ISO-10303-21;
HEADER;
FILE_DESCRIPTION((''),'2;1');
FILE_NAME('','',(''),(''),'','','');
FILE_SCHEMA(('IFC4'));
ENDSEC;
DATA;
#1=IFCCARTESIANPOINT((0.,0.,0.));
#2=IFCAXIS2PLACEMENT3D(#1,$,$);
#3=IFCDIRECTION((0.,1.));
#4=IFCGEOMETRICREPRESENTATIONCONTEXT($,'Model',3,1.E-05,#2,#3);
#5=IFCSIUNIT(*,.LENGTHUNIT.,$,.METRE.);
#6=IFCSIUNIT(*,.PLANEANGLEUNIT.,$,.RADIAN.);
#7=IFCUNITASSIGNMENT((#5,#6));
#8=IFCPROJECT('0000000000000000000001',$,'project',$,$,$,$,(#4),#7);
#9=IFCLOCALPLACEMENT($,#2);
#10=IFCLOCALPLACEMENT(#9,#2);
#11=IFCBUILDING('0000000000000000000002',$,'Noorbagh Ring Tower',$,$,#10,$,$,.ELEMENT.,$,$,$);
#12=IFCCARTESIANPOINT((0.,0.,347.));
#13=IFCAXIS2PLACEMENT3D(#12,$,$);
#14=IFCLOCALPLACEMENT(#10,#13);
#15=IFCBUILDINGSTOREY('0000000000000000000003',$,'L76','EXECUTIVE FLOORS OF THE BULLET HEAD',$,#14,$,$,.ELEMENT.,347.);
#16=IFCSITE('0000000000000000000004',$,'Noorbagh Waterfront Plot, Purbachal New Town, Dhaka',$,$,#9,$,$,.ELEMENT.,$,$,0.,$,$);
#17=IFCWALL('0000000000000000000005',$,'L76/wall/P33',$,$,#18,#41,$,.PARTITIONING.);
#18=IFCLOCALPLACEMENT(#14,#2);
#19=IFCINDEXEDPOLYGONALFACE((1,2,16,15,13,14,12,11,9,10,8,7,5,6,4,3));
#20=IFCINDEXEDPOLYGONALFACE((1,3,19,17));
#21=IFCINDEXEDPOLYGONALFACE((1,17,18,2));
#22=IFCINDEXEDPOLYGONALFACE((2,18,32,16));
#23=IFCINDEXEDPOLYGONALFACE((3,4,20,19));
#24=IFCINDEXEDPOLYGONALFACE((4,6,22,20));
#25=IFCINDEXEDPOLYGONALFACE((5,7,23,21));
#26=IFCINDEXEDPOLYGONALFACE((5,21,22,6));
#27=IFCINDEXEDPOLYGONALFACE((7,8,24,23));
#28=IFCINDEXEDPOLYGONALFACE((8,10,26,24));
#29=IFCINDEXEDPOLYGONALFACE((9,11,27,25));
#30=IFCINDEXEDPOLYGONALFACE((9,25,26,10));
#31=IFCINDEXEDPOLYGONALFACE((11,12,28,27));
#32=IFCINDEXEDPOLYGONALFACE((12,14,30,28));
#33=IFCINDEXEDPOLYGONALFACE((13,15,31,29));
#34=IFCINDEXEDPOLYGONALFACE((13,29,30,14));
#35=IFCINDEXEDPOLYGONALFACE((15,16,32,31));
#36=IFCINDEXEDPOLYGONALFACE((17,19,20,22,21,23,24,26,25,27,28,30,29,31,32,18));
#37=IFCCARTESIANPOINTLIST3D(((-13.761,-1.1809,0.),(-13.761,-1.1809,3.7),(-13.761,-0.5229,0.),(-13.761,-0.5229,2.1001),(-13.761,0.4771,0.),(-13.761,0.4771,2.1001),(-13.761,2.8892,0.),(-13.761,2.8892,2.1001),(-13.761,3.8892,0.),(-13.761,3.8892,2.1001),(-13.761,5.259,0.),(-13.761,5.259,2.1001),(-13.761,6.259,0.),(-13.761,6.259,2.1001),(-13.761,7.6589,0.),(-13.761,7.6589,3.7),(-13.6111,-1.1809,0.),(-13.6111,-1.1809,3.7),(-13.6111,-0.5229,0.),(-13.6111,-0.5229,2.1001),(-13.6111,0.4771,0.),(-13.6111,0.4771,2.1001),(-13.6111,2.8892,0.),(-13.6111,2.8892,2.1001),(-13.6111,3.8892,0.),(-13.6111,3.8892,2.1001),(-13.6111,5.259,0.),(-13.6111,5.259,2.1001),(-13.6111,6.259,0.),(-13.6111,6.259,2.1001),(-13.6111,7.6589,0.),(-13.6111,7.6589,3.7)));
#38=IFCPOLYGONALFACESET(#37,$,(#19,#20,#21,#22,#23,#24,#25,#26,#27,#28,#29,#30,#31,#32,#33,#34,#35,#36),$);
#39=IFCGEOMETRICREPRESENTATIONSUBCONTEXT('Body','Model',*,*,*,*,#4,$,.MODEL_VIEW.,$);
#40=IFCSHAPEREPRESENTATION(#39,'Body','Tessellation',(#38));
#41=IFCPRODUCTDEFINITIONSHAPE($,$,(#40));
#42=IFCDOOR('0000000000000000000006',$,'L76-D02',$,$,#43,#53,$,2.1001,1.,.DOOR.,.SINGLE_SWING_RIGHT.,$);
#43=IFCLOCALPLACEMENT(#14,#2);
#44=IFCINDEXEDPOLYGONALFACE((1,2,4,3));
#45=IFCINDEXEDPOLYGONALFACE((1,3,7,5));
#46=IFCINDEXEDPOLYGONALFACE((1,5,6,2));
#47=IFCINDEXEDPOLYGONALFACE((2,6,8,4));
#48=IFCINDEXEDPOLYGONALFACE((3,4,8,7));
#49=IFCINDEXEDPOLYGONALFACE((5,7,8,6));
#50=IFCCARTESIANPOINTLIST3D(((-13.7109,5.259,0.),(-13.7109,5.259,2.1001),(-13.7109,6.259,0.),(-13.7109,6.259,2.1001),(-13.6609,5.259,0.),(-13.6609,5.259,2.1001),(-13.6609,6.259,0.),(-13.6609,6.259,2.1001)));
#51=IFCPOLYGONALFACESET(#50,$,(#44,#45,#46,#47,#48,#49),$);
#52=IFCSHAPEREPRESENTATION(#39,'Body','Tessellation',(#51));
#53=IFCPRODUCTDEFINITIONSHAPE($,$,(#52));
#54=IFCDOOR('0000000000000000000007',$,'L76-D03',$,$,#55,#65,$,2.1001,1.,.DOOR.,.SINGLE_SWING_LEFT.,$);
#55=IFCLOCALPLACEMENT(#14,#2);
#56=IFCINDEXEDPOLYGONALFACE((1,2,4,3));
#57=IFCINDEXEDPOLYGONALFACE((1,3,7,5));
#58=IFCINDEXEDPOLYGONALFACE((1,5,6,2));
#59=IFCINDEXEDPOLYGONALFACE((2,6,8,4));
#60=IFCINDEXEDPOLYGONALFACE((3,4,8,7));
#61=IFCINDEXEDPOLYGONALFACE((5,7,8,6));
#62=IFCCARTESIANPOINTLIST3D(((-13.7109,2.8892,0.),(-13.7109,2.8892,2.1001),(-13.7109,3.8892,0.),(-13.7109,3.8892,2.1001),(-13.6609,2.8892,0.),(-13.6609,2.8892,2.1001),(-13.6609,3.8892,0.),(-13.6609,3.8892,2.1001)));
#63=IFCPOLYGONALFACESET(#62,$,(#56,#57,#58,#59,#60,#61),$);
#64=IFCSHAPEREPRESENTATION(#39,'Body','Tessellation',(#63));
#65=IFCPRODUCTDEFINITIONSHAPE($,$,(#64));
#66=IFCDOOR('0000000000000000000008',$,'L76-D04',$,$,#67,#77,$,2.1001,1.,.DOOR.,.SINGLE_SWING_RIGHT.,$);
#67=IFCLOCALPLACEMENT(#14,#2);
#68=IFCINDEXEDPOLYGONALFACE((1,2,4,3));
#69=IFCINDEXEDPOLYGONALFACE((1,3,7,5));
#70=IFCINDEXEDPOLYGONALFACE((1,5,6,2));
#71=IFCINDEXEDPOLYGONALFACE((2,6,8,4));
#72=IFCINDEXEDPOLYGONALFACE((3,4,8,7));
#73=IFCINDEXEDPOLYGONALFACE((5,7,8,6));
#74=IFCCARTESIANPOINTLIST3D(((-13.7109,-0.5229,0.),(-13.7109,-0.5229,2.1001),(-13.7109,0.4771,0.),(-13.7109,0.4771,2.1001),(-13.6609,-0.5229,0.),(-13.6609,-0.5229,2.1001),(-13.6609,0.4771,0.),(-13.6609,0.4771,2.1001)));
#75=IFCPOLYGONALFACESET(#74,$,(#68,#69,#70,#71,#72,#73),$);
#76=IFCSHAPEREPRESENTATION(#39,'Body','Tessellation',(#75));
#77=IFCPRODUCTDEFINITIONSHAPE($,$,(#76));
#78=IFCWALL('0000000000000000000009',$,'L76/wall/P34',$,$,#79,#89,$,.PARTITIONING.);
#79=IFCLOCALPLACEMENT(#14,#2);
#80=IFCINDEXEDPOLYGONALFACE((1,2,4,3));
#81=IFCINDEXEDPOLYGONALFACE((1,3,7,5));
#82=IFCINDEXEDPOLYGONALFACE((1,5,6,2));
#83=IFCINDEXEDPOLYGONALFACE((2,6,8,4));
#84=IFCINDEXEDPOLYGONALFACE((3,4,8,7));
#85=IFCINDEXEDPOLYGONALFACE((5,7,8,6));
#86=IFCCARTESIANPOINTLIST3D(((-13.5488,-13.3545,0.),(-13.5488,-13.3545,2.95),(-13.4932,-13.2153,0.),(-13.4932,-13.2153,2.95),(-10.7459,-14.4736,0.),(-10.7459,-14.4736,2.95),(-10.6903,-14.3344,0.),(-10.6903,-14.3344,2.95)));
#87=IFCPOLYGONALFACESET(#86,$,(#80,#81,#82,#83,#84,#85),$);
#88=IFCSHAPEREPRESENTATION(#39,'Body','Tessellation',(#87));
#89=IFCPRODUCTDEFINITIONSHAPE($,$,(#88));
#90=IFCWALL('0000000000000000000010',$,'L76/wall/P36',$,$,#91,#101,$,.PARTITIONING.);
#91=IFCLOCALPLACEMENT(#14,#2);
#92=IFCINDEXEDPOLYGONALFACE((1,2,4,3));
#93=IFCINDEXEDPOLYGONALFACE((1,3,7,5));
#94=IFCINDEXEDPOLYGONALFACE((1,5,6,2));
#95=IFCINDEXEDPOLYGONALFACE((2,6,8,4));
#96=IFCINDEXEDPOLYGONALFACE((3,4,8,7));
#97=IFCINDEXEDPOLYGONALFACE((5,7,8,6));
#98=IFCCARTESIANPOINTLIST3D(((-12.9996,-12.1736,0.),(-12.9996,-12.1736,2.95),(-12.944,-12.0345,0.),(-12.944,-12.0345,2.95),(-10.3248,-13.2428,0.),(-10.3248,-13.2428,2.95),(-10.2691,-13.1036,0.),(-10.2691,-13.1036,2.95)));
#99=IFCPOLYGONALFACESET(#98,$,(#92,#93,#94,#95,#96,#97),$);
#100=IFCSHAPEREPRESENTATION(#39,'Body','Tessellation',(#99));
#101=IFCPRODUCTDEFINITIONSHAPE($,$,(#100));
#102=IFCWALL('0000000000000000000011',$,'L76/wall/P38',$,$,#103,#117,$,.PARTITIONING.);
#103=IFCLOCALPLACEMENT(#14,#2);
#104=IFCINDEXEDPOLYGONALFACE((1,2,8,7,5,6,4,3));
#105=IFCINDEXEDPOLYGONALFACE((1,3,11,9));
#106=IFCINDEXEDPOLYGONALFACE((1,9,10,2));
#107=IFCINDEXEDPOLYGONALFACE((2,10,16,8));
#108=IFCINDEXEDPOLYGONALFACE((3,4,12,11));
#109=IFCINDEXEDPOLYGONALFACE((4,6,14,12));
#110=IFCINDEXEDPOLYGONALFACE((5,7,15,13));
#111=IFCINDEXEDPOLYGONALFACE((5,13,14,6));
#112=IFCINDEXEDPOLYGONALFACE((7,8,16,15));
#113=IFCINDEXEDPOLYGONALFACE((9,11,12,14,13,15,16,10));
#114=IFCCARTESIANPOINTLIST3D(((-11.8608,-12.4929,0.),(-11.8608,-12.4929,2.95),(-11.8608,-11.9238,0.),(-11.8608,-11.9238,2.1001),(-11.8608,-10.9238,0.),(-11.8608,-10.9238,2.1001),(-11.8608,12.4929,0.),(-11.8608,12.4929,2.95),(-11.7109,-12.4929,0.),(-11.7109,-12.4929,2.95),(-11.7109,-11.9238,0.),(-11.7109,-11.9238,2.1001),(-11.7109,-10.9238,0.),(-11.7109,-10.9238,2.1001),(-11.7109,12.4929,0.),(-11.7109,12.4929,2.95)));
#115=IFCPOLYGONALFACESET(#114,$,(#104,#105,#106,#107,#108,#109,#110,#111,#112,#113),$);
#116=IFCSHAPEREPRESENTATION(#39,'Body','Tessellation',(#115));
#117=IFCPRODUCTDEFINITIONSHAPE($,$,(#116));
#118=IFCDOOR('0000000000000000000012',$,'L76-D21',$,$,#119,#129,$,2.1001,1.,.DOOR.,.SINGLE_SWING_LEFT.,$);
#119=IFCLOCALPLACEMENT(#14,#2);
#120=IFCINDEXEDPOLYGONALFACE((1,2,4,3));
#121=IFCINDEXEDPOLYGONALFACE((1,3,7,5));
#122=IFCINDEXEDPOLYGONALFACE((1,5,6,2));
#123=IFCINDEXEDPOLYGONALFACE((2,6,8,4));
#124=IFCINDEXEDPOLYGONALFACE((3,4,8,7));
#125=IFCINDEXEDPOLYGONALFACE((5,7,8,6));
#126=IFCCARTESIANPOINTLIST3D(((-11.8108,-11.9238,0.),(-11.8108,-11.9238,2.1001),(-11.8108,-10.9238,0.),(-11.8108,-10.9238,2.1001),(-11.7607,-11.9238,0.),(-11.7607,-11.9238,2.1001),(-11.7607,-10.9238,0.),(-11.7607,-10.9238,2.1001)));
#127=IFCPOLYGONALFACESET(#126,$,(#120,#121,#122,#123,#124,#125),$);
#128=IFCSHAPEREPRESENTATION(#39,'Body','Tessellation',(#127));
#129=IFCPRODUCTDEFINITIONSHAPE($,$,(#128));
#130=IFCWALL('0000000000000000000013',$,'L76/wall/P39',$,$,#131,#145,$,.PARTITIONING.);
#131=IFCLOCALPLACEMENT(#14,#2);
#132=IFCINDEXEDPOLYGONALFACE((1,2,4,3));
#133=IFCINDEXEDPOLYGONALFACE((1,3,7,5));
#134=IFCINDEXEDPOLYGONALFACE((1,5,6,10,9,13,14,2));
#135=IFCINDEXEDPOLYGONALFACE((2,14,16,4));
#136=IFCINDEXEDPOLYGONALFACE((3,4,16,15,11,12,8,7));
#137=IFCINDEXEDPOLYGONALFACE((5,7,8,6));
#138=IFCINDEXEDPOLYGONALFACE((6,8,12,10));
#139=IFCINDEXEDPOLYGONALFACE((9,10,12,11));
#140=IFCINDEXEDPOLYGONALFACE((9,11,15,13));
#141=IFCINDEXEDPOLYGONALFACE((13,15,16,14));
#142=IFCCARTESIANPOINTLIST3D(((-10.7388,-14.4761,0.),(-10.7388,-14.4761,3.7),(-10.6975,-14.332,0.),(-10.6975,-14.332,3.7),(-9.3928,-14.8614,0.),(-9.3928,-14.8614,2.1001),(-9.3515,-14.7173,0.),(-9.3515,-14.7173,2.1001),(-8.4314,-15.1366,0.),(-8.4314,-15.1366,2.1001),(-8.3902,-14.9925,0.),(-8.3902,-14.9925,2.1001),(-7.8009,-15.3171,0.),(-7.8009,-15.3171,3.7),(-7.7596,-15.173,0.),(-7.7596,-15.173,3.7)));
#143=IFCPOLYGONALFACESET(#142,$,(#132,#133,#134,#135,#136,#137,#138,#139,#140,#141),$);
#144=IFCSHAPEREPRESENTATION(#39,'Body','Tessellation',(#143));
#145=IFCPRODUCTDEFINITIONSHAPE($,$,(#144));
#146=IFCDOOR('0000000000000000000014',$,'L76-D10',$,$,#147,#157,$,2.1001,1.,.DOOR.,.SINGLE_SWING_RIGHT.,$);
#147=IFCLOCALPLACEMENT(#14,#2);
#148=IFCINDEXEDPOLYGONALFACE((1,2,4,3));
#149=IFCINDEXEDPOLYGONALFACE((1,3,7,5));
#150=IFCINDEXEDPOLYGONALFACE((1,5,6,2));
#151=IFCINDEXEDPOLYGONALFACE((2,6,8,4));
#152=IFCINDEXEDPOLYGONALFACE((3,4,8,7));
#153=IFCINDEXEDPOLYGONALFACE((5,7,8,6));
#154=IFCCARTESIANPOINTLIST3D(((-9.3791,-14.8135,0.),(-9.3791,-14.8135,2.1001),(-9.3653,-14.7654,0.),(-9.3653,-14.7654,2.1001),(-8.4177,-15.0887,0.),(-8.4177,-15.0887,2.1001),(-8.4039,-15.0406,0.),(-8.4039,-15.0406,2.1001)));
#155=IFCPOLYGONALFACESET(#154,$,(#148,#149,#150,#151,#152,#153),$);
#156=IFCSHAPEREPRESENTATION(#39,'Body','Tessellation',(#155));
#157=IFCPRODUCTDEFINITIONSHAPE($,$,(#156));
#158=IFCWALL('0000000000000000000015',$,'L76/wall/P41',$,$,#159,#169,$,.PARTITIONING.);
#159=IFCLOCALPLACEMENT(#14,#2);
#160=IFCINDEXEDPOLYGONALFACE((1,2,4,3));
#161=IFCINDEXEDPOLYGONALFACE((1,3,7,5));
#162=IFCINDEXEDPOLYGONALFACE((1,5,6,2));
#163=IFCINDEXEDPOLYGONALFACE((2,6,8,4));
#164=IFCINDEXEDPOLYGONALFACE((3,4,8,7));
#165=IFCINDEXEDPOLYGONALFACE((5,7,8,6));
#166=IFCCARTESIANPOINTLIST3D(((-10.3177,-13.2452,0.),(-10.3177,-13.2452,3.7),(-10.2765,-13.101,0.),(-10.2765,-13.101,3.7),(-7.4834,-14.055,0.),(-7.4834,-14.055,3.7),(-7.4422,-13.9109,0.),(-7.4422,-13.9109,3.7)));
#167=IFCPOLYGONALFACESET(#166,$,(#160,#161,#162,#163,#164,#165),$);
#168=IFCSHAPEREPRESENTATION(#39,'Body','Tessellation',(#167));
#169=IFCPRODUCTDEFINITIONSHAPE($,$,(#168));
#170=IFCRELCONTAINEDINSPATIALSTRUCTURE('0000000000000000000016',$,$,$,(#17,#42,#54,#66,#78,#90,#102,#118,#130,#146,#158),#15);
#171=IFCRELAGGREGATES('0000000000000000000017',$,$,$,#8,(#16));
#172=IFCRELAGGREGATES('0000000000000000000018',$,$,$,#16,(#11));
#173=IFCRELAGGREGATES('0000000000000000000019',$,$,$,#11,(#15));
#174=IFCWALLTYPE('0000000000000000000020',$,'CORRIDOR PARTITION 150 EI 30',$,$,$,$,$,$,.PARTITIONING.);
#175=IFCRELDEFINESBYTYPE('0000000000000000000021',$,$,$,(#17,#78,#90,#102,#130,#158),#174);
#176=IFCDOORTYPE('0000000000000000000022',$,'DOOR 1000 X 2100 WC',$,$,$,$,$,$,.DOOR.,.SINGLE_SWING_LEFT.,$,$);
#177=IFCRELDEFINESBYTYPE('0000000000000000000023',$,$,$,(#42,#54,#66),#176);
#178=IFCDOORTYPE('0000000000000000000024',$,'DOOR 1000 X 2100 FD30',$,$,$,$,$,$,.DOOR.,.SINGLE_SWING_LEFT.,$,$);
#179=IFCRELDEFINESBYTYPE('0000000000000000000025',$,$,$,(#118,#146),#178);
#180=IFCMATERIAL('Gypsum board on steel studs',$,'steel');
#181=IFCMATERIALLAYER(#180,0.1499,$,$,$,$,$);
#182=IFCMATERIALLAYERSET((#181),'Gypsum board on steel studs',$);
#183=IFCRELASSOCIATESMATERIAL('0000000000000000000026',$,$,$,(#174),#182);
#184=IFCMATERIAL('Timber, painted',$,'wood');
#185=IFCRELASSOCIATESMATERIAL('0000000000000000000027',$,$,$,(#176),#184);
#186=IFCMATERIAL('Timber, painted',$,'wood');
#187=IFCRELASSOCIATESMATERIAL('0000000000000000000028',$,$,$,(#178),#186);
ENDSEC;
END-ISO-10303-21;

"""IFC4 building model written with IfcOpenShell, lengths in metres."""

from ifc_helpers import new_model, si_unit, direction, frame, frame_2d, origin, place, context, subcontext, project, spatial, rectangle, extrude, material, layer, layer_set, type_object, element, fill, save


model = new_model("IFC4")

# Units and contexts
model_context = context("Model", 3, precision=1e-05, world=origin(), true_north=direction((0.0, 1.0)))
body_context = subcontext(model_context, "Body", "Model", "MODEL_VIEW")
ifc_project = project(units=[si_unit("LENGTHUNIT", "METRE"), si_unit("PLANEANGLEUNIT", "RADIAN")], contexts=[model_context])

# Site, building, storey
site_placement = place(None, origin())
site = spatial("IfcSite", under=ifc_project, at=site_placement, Name="Noorbagh Waterfront Plot, Purbachal New Town, Dhaka", CompositionType="ELEMENT", RefElevation=0.0)
building_placement = place(site_placement, origin())
building = spatial("IfcBuilding", under=site, at=building_placement, Name="Noorbagh Ring Tower", CompositionType="ELEMENT")
storey_placement = place(building_placement, frame((0.0, 0.0, 347.0)))
storey = spatial("IfcBuildingStorey", under=building, at=storey_placement, Name="L76", Description="EXECUTIVE FLOORS OF THE BULLET HEAD", CompositionType="ELEMENT", Elevation=347.0)

# Shared definitions
ifc_material_1 = material(Name="Gypsum board on steel studs", Category="steel")
ifc_layer_1 = layer(ifc_material_1, 0.1499)
ifc_layer_set_1 = layer_set([ifc_layer_1], Name="Gypsum board on steel studs")
wall_type_1 = type_object("IfcWallType", Name="CORRIDOR PARTITION 150 EI 30", PredefinedType="PARTITIONING", material=ifc_layer_set_1)

# Wall, openings, doors
wall_1_placement = place(storey_placement, frame((-13.686, -1.1809, 0.0), z_axis=(0.0, 0.0, 1.0), x_axis=(0.0, 1.0, 0.0)))
wall_1 = element("IfcWall", 1, at=wall_1_placement, inside=storey, type_object=wall_type_1, Name="L76/wall/P33", PredefinedType="PARTITIONING", context=body_context, shape_type="SweptSolid", body=[
    extrude(rectangle(XDim=8.8398, YDim=0.1499, at=frame_2d((4.4199, 0.0))), origin(), (0.0, 0.0, 1.0), 3.7),
])
opening_1_placement = place(wall_1_placement, frame((6.4399, 0.0, 0.0)))
opening_1 = element("IfcOpeningElement", 2, at=opening_1_placement, cuts=wall_1, PredefinedType="OPENING", context=body_context, shape_type="SweptSolid", body=[
    extrude(rectangle(XDim=1.0, YDim=2.1001, at=frame_2d((0.5, 1.05))), frame((0.0, 0.085, 0.0), z_axis=(0.0, -1.0, 0.0), x_axis=(1.0, 0.0, 0.0)), (0.0, 0.0, 1.0), 0.1699),
])
opening_2_placement = place(wall_1_placement, frame((4.0701, 0.0, 0.0)))
opening_2 = element("IfcOpeningElement", 3, at=opening_2_placement, cuts=wall_1, PredefinedType="OPENING", context=body_context, shape_type="SweptSolid", body=[
    extrude(rectangle(XDim=1.0, YDim=2.1001, at=frame_2d((0.5, 1.05))), frame((0.0, 0.085, 0.0), z_axis=(0.0, -1.0, 0.0), x_axis=(1.0, 0.0, 0.0)), (0.0, 0.0, 1.0), 0.1699),
])
opening_3_placement = place(wall_1_placement, frame((0.658, 0.0, 0.0)))
opening_3 = element("IfcOpeningElement", 4, at=opening_3_placement, cuts=wall_1, PredefinedType="OPENING", context=body_context, shape_type="SweptSolid", body=[
    extrude(rectangle(XDim=1.0, YDim=2.1001, at=frame_2d((0.5, 1.05))), frame((0.0, 0.085, 0.0), z_axis=(0.0, -1.0, 0.0), x_axis=(1.0, 0.0, 0.0)), (0.0, 0.0, 1.0), 0.1699),
])
ifc_material_2 = material(Name="Timber, painted", Category="wood")
door_type_1 = type_object("IfcDoorType", Name="DOOR 1000 X 2100 WC", OperationType="SINGLE_SWING_LEFT", PredefinedType="DOOR", material=ifc_material_2)
door_1_placement = place(opening_1_placement, origin())
door_1 = element("IfcDoor", 5, at=door_1_placement, inside=storey, type_object=door_type_1, Name="L76-D02", OperationType="SINGLE_SWING_RIGHT", OverallHeight=2.1001, OverallWidth=1.0, PredefinedType="DOOR", context=body_context, shape_type="SweptSolid", body=[
    extrude(rectangle(XDim=1.0, YDim=2.1001, at=frame_2d((0.5, 1.05))), frame((0.0, 0.0249, 0.0), z_axis=(0.0, -1.0, 0.0), x_axis=(1.0, 0.0, 0.0)), (0.0, 0.0, 1.0), 0.05),
])
fill(opening_1, door_1)
door_2_placement = place(opening_2_placement, origin())
door_2 = element("IfcDoor", 6, at=door_2_placement, inside=storey, type_object=door_type_1, Name="L76-D03", OperationType="SINGLE_SWING_LEFT", OverallHeight=2.1001, OverallWidth=1.0, PredefinedType="DOOR", context=body_context, shape_type="SweptSolid", body=[
    extrude(rectangle(XDim=1.0, YDim=2.1001, at=frame_2d((0.5, 1.05))), frame((0.0, 0.0249, 0.0), z_axis=(0.0, -1.0, 0.0), x_axis=(1.0, 0.0, 0.0)), (0.0, 0.0, 1.0), 0.05),
])
fill(opening_2, door_2)
door_3_placement = place(opening_3_placement, origin())
door_3 = element("IfcDoor", 7, at=door_3_placement, inside=storey, type_object=door_type_1, Name="L76-D04", OperationType="SINGLE_SWING_RIGHT", OverallHeight=2.1001, OverallWidth=1.0, PredefinedType="DOOR", context=body_context, shape_type="SweptSolid", body=[
    extrude(rectangle(XDim=1.0, YDim=2.1001, at=frame_2d((0.5, 1.05))), frame((0.0, 0.0249, 0.0), z_axis=(0.0, -1.0, 0.0), x_axis=(1.0, 0.0, 0.0)), (0.0, 0.0, 1.0), 0.05),
])
fill(opening_3, door_3)

# Walls
wall_2_placement = place(storey_placement, frame((-13.521, -13.2849, 0.0), z_axis=(0.0, 0.0, 1.0), x_axis=(0.928711, -0.370805, 0.0)))
element("IfcWall", 8, at=wall_2_placement, inside=storey, type_object=wall_type_1, Name="L76/wall/P34", PredefinedType="PARTITIONING", context=body_context, shape_type="SweptSolid", body=[
    extrude(rectangle(XDim=3.0181, YDim=0.1499, at=frame_2d((1.509, 0.0))), origin(), (0.0, 0.0, 1.0), 2.95),
])
wall_3_placement = place(storey_placement, frame((-12.9719, -12.104, 0.0), z_axis=(0.0, 0.0, 1.0), x_axis=(0.928576, -0.371142, 0.0)))
element("IfcWall", 9, at=wall_3_placement, inside=storey, type_object=wall_type_1, Name="L76/wall/P36", PredefinedType="PARTITIONING", context=body_context, shape_type="SweptSolid", body=[
    extrude(rectangle(XDim=2.8806, YDim=0.1499, at=frame_2d((1.4404, 0.0))), origin(), (0.0, 0.0, 1.0), 2.95),
])

# Walls, openings, doors
wall_4_placement = place(storey_placement, frame((-11.7859, -12.4929, 0.0), z_axis=(0.0, 0.0, 1.0), x_axis=(0.0, 1.0, 0.0)))
wall_4 = element("IfcWall", 10, at=wall_4_placement, inside=storey, type_object=wall_type_1, Name="L76/wall/P38", PredefinedType="PARTITIONING", context=body_context, shape_type="SweptSolid", body=[
    extrude(rectangle(XDim=24.9858, YDim=0.1499, at=frame_2d((12.4929, 0.0))), origin(), (0.0, 0.0, 1.0), 2.95),
])
opening_4_placement = place(wall_4_placement, frame((0.5691, 0.0, 0.0)))
opening_4 = element("IfcOpeningElement", 11, at=opening_4_placement, cuts=wall_4, PredefinedType="OPENING", context=body_context, shape_type="SweptSolid", body=[
    extrude(rectangle(XDim=1.0, YDim=2.1001, at=frame_2d((0.5, 1.05))), frame((0.0, 0.085, 0.0), z_axis=(0.0, -1.0, 0.0), x_axis=(1.0, 0.0, 0.0)), (0.0, 0.0, 1.0), 0.1699),
])
ifc_material_3 = material(Name="Timber, painted", Category="wood")
door_type_2 = type_object("IfcDoorType", Name="DOOR 1000 X 2100 FD30", OperationType="SINGLE_SWING_LEFT", PredefinedType="DOOR", material=ifc_material_3)
door_4_placement = place(opening_4_placement, origin())
door_4 = element("IfcDoor", 12, at=door_4_placement, inside=storey, type_object=door_type_2, Name="L76-D21", OperationType="SINGLE_SWING_LEFT", OverallHeight=2.1001, OverallWidth=1.0, PredefinedType="DOOR", context=body_context, shape_type="SweptSolid", body=[
    extrude(rectangle(XDim=1.0, YDim=2.1001, at=frame_2d((0.5, 1.05))), frame((0.0, 0.0249, 0.0), z_axis=(0.0, -1.0, 0.0), x_axis=(1.0, 0.0, 0.0)), (0.0, 0.0, 1.0), 0.05),
])
fill(opening_4, door_4)
wall_5_placement = place(storey_placement, frame((-10.718, -14.4041, 0.0), z_axis=(0.0, 0.0, 1.0), x_axis=(0.961382, -0.275217, 0.0)))
wall_5 = element("IfcWall", 13, at=wall_5_placement, inside=storey, type_object=wall_type_1, Name="L76/wall/P39", PredefinedType="PARTITIONING", context=body_context, shape_type="SweptSolid", body=[
    extrude(rectangle(XDim=3.0559, YDim=0.1499, at=frame_2d((1.5278, 0.0))), origin(), (0.0, 0.0, 1.0), 3.7),
])
opening_5_placement = place(wall_5_placement, frame((1.3999, 0.0, 0.0)))
opening_5 = element("IfcOpeningElement", 14, at=opening_5_placement, cuts=wall_5, PredefinedType="OPENING", context=body_context, shape_type="SweptSolid", body=[
    extrude(rectangle(XDim=1.0, YDim=2.1001, at=frame_2d((0.5, 1.05))), frame((0.0, 0.085, 0.0), z_axis=(0.0, -1.0, 0.0), x_axis=(1.0, 0.0, 0.0)), (0.0, 0.0, 1.0), 0.1699),
])
door_5_placement = place(opening_5_placement, origin())
door_5 = element("IfcDoor", 15, at=door_5_placement, inside=storey, type_object=door_type_2, Name="L76-D10", OperationType="SINGLE_SWING_RIGHT", OverallHeight=2.1001, OverallWidth=1.0, PredefinedType="DOOR", context=body_context, shape_type="SweptSolid", body=[
    extrude(rectangle(XDim=1.0, YDim=2.1001, at=frame_2d((0.5, 1.05))), frame((0.0, 0.0249, 0.0), z_axis=(0.0, -1.0, 0.0), x_axis=(1.0, 0.0, 0.0)), (0.0, 0.0, 1.0), 0.05),
])
fill(opening_5, door_5)

# Wall
wall_6_placement = place(storey_placement, frame((-10.2971, -13.1731, 0.0), z_axis=(0.0, 0.0, 1.0), x_axis=(0.961521, -0.274732, 0.0)))
element("IfcWall", 16, at=wall_6_placement, inside=storey, type_object=wall_type_1, Name="L76/wall/P41", PredefinedType="PARTITIONING", context=body_context, shape_type="SweptSolid", body=[
    extrude(rectangle(XDim=2.9478, YDim=0.1499, at=frame_2d((1.4739, 0.0))), origin(), (0.0, 0.0, 1.0), 3.7),
])

save(model, "model.ifc")
